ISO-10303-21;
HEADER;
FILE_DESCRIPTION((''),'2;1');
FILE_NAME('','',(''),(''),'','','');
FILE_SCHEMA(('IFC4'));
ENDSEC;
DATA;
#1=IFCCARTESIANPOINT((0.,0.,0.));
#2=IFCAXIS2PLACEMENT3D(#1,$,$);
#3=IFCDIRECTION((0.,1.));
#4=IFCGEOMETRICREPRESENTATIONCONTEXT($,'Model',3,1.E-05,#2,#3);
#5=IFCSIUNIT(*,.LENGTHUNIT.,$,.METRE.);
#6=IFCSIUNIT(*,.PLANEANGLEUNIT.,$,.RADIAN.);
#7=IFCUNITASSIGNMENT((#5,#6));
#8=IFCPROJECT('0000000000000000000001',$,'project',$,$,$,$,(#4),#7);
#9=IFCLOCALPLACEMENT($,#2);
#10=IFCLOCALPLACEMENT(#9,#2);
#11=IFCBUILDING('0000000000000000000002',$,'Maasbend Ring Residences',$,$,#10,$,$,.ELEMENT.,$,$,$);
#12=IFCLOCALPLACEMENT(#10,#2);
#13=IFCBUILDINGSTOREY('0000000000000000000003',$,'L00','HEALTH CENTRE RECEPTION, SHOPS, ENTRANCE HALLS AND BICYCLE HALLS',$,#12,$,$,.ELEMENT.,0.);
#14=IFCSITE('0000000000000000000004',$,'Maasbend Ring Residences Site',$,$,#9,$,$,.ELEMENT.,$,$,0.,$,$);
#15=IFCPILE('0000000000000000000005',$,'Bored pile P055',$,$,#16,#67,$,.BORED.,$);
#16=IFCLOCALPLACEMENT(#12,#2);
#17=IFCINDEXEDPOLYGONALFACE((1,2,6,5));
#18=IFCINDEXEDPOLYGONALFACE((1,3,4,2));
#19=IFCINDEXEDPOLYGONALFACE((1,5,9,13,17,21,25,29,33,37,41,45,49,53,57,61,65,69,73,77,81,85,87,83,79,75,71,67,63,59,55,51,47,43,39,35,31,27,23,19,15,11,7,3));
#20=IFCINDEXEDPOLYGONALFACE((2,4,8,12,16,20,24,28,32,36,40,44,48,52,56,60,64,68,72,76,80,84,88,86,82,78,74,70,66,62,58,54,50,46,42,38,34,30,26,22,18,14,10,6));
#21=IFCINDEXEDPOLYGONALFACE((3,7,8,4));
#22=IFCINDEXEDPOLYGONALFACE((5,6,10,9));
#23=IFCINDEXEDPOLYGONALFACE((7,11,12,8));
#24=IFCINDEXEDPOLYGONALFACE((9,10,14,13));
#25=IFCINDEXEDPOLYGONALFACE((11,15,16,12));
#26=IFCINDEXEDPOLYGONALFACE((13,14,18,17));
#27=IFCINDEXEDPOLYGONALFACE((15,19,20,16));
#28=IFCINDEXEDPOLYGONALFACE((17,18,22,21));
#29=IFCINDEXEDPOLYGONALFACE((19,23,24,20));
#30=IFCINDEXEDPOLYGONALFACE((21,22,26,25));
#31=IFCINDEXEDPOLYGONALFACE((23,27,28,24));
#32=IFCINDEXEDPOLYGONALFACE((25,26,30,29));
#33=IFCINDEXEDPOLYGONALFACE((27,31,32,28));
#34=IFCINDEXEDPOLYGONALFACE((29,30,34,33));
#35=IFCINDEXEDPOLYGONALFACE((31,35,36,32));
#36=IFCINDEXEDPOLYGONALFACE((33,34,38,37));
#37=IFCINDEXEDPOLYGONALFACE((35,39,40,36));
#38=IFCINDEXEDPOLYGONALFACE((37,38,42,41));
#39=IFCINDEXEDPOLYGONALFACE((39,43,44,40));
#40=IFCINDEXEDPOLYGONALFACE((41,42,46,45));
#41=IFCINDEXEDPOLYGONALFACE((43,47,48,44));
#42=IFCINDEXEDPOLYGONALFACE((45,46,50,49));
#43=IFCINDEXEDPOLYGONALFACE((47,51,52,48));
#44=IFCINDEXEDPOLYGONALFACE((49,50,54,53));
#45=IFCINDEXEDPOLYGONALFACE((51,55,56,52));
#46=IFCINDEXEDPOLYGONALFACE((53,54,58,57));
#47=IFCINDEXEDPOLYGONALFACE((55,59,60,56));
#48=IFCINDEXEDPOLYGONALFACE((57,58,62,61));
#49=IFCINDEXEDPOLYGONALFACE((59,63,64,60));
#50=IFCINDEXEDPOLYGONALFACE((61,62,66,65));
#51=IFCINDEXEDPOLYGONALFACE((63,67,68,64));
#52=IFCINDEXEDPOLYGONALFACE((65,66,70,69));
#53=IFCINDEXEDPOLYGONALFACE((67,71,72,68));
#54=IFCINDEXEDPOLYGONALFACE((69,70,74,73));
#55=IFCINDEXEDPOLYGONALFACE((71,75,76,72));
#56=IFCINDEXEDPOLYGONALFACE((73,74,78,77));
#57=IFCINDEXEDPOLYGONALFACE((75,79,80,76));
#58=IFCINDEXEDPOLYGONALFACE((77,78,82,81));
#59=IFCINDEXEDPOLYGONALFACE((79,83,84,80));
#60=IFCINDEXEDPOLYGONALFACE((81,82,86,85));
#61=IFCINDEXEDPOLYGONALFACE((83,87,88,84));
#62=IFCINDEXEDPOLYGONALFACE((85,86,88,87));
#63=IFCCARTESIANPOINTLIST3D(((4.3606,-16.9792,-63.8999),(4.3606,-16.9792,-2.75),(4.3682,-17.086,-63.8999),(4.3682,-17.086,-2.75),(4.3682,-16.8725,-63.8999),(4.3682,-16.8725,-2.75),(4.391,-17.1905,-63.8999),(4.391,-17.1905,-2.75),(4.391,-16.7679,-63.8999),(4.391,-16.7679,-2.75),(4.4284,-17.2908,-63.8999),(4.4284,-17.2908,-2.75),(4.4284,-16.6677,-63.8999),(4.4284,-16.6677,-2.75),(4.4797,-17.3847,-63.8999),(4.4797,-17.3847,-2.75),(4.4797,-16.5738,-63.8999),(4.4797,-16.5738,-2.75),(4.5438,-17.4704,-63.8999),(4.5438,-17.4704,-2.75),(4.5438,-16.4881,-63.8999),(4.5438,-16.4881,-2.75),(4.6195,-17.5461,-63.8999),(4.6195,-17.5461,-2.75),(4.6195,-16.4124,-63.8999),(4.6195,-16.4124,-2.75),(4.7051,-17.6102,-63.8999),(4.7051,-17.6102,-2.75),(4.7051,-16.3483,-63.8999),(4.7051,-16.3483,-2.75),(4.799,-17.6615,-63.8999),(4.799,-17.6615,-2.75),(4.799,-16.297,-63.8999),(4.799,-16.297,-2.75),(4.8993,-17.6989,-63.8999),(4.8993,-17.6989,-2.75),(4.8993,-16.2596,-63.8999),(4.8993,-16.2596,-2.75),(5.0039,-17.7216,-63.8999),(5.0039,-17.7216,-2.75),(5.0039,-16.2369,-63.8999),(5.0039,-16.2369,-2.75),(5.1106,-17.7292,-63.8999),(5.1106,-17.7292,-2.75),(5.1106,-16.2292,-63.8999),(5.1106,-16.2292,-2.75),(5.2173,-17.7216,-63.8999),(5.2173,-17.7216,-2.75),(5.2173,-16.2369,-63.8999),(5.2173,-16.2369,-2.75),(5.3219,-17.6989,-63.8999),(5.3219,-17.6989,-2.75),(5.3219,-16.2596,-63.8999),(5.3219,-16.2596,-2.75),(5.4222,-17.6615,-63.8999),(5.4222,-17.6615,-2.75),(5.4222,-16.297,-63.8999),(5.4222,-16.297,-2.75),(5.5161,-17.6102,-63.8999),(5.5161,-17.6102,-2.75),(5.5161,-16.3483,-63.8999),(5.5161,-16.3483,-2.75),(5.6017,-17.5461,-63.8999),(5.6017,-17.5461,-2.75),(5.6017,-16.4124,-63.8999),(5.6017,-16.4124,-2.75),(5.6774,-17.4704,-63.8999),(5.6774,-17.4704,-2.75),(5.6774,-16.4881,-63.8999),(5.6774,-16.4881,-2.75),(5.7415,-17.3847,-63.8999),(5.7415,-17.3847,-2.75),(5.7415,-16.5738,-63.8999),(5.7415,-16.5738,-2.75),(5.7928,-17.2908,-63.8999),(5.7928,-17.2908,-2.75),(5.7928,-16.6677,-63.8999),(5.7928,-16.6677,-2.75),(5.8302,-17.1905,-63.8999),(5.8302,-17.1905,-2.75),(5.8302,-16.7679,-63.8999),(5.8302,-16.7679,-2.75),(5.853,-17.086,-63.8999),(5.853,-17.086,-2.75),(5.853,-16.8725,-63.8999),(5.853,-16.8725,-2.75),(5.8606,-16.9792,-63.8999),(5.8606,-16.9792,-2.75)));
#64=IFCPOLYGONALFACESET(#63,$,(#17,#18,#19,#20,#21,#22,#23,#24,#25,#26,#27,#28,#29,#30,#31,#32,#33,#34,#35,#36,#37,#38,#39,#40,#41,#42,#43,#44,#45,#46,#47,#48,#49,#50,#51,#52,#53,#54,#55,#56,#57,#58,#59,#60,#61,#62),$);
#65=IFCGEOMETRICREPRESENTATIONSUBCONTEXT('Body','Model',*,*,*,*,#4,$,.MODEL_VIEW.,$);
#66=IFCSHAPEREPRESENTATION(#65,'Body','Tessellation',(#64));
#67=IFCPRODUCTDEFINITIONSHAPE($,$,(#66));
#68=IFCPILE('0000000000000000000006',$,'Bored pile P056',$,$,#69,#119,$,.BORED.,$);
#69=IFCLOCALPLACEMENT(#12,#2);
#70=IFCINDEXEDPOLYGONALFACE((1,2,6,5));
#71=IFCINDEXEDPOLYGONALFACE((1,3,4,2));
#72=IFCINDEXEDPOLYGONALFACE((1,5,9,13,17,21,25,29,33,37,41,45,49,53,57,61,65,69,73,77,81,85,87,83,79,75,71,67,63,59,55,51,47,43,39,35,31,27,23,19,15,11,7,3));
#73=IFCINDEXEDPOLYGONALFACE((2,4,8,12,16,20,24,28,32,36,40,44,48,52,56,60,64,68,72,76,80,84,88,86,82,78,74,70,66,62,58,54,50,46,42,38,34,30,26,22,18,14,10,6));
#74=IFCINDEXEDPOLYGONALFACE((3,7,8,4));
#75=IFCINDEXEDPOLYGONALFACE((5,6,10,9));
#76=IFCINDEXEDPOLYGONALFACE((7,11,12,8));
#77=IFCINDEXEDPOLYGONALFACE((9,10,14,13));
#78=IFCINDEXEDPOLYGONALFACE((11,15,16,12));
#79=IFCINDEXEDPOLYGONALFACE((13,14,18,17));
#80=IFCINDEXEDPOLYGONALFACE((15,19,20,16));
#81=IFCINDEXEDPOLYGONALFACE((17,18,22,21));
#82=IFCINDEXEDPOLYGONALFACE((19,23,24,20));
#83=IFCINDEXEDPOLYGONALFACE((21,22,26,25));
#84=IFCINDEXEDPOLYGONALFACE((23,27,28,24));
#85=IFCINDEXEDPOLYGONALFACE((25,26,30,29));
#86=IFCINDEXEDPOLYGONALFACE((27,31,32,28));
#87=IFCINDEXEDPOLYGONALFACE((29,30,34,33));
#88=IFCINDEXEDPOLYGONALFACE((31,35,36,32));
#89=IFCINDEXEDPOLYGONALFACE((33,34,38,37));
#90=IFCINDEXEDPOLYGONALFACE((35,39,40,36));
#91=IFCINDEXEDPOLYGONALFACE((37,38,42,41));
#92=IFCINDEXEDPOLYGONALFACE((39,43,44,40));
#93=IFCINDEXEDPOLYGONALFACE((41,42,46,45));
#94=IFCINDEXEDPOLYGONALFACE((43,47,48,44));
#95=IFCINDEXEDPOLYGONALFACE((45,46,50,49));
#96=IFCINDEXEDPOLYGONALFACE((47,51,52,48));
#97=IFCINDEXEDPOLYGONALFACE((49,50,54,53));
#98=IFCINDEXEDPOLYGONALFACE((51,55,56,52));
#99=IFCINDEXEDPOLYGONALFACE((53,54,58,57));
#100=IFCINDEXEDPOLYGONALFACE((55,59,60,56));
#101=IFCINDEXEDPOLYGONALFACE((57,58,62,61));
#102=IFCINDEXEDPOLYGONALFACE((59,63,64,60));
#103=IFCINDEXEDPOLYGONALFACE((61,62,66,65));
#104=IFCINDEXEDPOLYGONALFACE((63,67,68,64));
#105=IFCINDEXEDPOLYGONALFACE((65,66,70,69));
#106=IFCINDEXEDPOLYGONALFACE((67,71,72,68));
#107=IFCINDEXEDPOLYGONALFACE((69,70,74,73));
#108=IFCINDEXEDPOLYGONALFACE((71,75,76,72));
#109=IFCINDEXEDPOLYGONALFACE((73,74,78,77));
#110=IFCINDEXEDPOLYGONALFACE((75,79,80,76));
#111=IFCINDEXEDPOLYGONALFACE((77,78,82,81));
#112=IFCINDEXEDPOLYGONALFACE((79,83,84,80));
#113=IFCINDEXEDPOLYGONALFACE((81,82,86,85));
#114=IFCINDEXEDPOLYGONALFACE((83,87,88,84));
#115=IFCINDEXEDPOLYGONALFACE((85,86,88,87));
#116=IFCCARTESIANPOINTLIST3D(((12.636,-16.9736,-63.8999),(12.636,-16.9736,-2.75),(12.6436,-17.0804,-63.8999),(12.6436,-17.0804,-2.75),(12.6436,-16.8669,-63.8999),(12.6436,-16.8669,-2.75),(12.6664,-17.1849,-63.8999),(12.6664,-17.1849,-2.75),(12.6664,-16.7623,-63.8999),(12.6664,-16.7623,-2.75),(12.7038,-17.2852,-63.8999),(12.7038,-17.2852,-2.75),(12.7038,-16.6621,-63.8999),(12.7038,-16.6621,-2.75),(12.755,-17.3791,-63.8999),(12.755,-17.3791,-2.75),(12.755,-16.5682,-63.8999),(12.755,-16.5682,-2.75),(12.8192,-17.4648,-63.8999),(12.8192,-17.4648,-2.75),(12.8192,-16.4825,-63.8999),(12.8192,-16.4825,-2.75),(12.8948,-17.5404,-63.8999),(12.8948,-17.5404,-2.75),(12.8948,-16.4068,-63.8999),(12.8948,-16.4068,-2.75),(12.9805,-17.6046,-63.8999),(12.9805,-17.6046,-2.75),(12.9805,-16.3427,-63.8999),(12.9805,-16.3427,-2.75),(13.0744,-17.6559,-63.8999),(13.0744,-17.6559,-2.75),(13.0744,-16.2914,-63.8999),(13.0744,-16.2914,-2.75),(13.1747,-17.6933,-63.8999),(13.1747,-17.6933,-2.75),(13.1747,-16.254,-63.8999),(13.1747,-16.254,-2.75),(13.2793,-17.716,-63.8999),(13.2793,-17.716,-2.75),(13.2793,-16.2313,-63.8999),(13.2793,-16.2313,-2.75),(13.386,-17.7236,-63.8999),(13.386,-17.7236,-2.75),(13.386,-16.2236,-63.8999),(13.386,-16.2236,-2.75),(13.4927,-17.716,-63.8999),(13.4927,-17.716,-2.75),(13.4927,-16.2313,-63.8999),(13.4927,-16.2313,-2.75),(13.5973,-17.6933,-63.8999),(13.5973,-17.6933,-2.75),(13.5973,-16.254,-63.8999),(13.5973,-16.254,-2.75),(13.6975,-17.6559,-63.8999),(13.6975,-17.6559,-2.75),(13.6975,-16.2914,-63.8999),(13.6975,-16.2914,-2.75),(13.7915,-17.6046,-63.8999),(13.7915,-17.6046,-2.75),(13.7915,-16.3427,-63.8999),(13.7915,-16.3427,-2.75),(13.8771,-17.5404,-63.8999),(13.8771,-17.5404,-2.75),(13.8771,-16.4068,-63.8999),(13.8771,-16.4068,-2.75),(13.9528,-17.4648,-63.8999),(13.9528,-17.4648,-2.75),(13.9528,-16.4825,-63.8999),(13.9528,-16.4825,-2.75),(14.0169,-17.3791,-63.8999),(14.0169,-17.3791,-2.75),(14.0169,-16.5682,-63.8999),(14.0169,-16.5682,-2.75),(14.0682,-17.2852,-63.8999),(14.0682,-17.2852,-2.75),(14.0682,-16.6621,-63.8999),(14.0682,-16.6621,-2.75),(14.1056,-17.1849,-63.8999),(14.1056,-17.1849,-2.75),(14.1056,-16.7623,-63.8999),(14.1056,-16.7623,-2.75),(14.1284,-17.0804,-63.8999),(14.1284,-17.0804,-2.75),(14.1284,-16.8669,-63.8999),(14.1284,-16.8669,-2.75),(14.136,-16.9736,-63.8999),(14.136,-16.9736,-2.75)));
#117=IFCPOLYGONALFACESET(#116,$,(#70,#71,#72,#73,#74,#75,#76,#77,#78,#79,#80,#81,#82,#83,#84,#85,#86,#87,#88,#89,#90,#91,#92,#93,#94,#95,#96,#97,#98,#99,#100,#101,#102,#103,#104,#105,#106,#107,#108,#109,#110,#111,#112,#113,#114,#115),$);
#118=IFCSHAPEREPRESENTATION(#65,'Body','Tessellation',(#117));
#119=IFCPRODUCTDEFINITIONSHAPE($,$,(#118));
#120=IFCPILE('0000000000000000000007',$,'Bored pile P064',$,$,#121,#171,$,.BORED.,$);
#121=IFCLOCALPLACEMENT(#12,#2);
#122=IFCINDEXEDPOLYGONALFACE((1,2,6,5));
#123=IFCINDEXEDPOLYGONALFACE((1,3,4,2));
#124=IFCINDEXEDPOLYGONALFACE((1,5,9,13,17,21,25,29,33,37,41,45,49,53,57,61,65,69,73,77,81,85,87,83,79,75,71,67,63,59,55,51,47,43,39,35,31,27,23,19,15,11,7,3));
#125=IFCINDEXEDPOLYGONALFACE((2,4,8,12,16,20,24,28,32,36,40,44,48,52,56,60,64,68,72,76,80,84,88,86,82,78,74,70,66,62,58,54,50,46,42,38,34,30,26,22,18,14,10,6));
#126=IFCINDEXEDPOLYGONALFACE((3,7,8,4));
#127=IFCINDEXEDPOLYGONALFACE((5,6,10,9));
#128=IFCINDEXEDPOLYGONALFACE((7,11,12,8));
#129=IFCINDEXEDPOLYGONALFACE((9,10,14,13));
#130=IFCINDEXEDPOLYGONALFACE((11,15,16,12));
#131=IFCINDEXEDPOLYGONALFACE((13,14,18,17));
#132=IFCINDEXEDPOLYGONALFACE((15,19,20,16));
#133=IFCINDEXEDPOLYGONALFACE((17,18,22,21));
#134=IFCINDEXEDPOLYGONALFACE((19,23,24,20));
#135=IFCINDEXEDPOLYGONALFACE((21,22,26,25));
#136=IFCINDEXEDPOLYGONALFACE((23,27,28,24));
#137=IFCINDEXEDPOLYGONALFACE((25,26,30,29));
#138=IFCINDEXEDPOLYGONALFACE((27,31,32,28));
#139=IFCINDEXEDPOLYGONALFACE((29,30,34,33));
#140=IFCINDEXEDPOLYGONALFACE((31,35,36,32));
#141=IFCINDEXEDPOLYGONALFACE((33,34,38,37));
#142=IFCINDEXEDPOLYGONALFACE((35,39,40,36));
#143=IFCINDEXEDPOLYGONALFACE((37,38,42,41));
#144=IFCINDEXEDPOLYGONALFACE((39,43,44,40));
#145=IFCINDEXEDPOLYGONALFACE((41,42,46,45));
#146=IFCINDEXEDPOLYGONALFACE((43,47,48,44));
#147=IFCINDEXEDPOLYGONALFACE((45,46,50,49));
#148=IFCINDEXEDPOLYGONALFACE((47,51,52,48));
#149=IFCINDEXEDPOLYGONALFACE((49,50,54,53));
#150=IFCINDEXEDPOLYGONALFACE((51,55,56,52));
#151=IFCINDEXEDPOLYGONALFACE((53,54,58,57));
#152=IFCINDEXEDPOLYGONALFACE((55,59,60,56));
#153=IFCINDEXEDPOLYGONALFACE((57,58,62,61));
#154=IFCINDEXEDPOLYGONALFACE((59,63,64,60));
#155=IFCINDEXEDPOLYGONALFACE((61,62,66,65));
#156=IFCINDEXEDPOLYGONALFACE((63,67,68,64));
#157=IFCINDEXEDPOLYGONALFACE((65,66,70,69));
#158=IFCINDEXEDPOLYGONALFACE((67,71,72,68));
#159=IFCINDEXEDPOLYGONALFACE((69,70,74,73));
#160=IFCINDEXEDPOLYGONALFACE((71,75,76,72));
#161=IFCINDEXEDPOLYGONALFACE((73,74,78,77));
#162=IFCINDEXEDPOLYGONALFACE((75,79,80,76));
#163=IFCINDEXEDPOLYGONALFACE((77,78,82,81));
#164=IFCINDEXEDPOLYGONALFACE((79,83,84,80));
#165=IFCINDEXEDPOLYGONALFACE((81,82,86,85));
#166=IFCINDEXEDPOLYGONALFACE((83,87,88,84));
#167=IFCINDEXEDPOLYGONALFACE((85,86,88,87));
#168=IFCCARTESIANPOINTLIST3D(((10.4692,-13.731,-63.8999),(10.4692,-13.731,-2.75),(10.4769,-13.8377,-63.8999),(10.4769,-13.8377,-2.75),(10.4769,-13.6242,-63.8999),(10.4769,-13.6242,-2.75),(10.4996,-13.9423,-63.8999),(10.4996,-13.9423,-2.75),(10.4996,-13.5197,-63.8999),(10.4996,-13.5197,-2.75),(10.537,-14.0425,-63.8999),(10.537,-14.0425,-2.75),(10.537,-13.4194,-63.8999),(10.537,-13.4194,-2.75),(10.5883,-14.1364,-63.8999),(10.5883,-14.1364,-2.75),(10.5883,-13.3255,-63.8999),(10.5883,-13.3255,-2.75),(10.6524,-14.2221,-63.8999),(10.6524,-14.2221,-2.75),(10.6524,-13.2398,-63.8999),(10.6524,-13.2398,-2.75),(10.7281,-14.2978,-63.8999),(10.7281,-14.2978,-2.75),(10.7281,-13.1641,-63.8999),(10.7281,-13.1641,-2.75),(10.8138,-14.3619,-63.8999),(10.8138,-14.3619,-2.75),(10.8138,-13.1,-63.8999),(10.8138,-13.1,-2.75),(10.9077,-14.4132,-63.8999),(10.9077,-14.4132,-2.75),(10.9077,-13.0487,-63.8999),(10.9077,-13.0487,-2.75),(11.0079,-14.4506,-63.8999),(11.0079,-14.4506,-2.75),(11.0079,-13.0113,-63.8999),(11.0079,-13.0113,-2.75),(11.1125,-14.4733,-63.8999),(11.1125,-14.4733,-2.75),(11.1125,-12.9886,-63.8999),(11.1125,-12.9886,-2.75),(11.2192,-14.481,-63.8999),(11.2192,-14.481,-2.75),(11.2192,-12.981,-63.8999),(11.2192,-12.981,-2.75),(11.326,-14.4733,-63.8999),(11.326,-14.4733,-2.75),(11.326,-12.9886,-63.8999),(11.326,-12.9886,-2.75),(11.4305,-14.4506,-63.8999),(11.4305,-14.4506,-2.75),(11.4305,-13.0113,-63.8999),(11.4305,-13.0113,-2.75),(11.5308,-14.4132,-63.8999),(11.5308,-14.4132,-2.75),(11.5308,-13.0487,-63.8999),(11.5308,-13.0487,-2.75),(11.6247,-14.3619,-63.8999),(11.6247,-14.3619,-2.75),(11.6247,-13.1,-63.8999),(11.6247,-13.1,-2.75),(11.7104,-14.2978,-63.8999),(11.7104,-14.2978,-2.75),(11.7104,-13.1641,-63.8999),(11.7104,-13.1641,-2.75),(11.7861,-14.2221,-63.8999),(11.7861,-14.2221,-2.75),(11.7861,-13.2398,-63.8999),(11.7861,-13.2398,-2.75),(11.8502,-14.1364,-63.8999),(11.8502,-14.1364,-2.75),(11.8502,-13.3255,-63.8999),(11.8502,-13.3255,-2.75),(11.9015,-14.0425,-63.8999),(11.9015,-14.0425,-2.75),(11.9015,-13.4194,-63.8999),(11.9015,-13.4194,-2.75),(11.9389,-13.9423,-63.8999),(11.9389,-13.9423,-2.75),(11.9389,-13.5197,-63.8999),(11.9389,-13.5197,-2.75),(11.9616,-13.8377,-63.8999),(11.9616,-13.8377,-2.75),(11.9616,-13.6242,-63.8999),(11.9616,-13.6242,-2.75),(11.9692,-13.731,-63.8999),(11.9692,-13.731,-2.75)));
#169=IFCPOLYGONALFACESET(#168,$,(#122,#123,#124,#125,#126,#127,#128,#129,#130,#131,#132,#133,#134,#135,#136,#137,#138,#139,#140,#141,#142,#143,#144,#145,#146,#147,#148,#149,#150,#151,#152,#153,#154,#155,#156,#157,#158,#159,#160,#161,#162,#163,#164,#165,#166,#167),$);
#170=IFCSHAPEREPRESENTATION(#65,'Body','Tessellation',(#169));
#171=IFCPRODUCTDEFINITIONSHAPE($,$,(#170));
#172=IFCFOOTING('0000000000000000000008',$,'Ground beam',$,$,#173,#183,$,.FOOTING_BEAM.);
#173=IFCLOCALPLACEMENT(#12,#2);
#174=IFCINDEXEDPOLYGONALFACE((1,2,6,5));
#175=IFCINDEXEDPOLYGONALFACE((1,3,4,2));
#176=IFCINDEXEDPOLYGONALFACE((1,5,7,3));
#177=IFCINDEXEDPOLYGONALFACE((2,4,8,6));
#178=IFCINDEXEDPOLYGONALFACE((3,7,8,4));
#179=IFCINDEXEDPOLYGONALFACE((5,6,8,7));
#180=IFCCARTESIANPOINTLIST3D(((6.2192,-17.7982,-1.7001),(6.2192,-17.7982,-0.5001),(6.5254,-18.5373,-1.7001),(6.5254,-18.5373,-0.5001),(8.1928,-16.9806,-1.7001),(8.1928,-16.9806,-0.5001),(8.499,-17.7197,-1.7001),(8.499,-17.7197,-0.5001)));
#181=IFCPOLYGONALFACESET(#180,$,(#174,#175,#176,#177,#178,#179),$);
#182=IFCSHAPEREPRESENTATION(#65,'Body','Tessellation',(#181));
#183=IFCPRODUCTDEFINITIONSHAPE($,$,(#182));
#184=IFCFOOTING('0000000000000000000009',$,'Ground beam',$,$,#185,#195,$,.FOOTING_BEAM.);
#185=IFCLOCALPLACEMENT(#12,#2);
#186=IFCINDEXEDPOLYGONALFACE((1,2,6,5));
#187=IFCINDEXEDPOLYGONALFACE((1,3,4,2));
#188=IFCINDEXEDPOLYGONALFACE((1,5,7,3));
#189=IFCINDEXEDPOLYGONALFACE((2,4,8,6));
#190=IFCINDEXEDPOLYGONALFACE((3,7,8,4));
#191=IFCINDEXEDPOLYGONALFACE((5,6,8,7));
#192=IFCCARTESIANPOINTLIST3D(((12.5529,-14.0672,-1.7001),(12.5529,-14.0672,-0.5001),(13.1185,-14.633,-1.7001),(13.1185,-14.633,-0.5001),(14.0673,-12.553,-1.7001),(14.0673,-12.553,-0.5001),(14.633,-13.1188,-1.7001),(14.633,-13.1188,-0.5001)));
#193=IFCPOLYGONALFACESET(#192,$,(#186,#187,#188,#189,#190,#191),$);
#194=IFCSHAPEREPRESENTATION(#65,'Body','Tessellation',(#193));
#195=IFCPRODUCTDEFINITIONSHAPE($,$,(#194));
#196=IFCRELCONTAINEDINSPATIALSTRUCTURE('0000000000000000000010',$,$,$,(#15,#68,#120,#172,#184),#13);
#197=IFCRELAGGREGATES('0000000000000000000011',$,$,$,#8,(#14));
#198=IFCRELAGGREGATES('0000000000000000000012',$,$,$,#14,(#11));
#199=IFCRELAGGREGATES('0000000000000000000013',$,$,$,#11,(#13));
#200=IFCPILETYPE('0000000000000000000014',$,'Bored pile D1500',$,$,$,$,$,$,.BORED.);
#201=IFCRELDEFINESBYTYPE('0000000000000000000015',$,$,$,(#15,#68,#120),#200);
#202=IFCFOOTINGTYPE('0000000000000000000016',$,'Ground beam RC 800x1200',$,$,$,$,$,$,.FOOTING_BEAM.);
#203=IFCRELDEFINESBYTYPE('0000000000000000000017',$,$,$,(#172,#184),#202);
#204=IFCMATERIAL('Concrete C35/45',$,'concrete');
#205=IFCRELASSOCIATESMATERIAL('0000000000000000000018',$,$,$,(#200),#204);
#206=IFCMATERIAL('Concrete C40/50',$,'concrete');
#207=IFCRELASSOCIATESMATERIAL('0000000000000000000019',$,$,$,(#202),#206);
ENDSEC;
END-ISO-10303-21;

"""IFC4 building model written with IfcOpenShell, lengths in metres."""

from ifc_helpers import new_model, si_unit, direction, frame, origin, origin_2d, place, context, subcontext, project, spatial, rectangle, circle, extrude, material, material_profile, profile_set, type_object, element, save


model = new_model("IFC4")

# Units and contexts
model_context = context("Model", 3, precision=1e-05, world=origin(), true_north=direction((0.0, 1.0)))
body_context = subcontext(model_context, "Body", "Model", "MODEL_VIEW")
ifc_project = project(units=[si_unit("LENGTHUNIT", "METRE"), si_unit("PLANEANGLEUNIT", "RADIAN")], contexts=[model_context])

# Site, building, storey
site_placement = place(None, origin())
site = spatial("IfcSite", under=ifc_project, at=site_placement, Name="Maasbend Ring Residences Site", CompositionType="ELEMENT", RefElevation=0.0)
building_placement = place(site_placement, origin())
building = spatial("IfcBuilding", under=site, at=building_placement, Name="Maasbend Ring Residences", CompositionType="ELEMENT")
storey_placement = place(building_placement, origin())
storey = spatial("IfcBuildingStorey", under=building, at=storey_placement, Name="L00", Description="HEALTH CENTRE RECEPTION, SHOPS, ENTRANCE HALLS AND BICYCLE HALLS", CompositionType="ELEMENT", Elevation=0.0)

# Piles
ifc_material_1 = material(Name="Concrete C35/45", Category="concrete")
ifc_material_profile_1 = material_profile(ifc_material_1, circle(Radius=0.75, at=origin_2d()), Name="Bored pile D1500")
ifc_profile_set_1 = profile_set([ifc_material_profile_1], Name="Concrete C35/45")
pile_type = type_object("IfcPileType", Name="Bored pile D1500", PredefinedType="BORED", material=ifc_profile_set_1)
for number, where, z_axis, x_axis, name in (
    (1, (5.1106, -16.9792, -2.75), (0.0, 0.0, -1.0), (1.0, 0.0, 0.0), "Bored pile P055"),
    (2, (13.386, -16.9736, -2.75), (0.0, 0.0, -1.0), (1.0, 0.0, 0.0), "Bored pile P056"),
    (3, (11.2192, -13.731, -2.75), (0.0, 0.0, -1.0), (1.0, 0.0, 0.0), "Bored pile P064"),
):
    element("IfcPile", number, at=place(storey_placement, frame(where, z_axis=z_axis, x_axis=x_axis)), inside=storey, type_object=pile_type, Name=name, PredefinedType="BORED", context=body_context, shape_type="SweptSolid", body=[
        extrude(circle(Radius=0.75, at=origin_2d()), origin(), (0.0, 0.0, 1.0), 61.1499),
    ])

# Footings
ifc_material_2 = material(Name="Concrete C40/50", Category="concrete")
ifc_material_profile_2 = material_profile(ifc_material_2, rectangle(XDim=0.8, YDim=1.2, at=origin_2d()), Name="Ground beam RC 800x1200")
ifc_profile_set_2 = profile_set([ifc_material_profile_2], Name="Concrete C40/50")
footing_type = type_object("IfcFootingType", Name="Ground beam RC 800x1200", PredefinedType="FOOTING_BEAM", material=ifc_profile_set_2)
footing_1_placement = place(storey_placement, frame((6.3723, -18.1677, -1.1001), z_axis=(0.923859, 0.382732, 0.0), x_axis=(-0.382732, 0.923859, 0.0)))
element("IfcFooting", 4, at=footing_1_placement, inside=storey, type_object=footing_type, Name="Ground beam", PredefinedType="FOOTING_BEAM", context=body_context, shape_type="SweptSolid", body=[
    extrude(rectangle(XDim=0.8, YDim=1.2, at=origin_2d()), origin(), (0.0, 0.0, 1.0), 2.1362),
])
footing_2_placement = place(storey_placement, frame((12.8357, -14.3501, -1.1001), z_axis=(0.707164, 0.70705, 0.0), x_axis=(-0.70705, 0.707164, 0.0)))
element("IfcFooting", 5, at=footing_2_placement, inside=storey, type_object=footing_type, Name="Ground beam", PredefinedType="FOOTING_BEAM", context=body_context, shape_type="SweptSolid", body=[
    extrude(rectangle(XDim=0.8, YDim=1.2, at=origin_2d()), origin(), (0.0, 0.0, 1.0), 2.1416),
])

save(model, "model.ifc")
